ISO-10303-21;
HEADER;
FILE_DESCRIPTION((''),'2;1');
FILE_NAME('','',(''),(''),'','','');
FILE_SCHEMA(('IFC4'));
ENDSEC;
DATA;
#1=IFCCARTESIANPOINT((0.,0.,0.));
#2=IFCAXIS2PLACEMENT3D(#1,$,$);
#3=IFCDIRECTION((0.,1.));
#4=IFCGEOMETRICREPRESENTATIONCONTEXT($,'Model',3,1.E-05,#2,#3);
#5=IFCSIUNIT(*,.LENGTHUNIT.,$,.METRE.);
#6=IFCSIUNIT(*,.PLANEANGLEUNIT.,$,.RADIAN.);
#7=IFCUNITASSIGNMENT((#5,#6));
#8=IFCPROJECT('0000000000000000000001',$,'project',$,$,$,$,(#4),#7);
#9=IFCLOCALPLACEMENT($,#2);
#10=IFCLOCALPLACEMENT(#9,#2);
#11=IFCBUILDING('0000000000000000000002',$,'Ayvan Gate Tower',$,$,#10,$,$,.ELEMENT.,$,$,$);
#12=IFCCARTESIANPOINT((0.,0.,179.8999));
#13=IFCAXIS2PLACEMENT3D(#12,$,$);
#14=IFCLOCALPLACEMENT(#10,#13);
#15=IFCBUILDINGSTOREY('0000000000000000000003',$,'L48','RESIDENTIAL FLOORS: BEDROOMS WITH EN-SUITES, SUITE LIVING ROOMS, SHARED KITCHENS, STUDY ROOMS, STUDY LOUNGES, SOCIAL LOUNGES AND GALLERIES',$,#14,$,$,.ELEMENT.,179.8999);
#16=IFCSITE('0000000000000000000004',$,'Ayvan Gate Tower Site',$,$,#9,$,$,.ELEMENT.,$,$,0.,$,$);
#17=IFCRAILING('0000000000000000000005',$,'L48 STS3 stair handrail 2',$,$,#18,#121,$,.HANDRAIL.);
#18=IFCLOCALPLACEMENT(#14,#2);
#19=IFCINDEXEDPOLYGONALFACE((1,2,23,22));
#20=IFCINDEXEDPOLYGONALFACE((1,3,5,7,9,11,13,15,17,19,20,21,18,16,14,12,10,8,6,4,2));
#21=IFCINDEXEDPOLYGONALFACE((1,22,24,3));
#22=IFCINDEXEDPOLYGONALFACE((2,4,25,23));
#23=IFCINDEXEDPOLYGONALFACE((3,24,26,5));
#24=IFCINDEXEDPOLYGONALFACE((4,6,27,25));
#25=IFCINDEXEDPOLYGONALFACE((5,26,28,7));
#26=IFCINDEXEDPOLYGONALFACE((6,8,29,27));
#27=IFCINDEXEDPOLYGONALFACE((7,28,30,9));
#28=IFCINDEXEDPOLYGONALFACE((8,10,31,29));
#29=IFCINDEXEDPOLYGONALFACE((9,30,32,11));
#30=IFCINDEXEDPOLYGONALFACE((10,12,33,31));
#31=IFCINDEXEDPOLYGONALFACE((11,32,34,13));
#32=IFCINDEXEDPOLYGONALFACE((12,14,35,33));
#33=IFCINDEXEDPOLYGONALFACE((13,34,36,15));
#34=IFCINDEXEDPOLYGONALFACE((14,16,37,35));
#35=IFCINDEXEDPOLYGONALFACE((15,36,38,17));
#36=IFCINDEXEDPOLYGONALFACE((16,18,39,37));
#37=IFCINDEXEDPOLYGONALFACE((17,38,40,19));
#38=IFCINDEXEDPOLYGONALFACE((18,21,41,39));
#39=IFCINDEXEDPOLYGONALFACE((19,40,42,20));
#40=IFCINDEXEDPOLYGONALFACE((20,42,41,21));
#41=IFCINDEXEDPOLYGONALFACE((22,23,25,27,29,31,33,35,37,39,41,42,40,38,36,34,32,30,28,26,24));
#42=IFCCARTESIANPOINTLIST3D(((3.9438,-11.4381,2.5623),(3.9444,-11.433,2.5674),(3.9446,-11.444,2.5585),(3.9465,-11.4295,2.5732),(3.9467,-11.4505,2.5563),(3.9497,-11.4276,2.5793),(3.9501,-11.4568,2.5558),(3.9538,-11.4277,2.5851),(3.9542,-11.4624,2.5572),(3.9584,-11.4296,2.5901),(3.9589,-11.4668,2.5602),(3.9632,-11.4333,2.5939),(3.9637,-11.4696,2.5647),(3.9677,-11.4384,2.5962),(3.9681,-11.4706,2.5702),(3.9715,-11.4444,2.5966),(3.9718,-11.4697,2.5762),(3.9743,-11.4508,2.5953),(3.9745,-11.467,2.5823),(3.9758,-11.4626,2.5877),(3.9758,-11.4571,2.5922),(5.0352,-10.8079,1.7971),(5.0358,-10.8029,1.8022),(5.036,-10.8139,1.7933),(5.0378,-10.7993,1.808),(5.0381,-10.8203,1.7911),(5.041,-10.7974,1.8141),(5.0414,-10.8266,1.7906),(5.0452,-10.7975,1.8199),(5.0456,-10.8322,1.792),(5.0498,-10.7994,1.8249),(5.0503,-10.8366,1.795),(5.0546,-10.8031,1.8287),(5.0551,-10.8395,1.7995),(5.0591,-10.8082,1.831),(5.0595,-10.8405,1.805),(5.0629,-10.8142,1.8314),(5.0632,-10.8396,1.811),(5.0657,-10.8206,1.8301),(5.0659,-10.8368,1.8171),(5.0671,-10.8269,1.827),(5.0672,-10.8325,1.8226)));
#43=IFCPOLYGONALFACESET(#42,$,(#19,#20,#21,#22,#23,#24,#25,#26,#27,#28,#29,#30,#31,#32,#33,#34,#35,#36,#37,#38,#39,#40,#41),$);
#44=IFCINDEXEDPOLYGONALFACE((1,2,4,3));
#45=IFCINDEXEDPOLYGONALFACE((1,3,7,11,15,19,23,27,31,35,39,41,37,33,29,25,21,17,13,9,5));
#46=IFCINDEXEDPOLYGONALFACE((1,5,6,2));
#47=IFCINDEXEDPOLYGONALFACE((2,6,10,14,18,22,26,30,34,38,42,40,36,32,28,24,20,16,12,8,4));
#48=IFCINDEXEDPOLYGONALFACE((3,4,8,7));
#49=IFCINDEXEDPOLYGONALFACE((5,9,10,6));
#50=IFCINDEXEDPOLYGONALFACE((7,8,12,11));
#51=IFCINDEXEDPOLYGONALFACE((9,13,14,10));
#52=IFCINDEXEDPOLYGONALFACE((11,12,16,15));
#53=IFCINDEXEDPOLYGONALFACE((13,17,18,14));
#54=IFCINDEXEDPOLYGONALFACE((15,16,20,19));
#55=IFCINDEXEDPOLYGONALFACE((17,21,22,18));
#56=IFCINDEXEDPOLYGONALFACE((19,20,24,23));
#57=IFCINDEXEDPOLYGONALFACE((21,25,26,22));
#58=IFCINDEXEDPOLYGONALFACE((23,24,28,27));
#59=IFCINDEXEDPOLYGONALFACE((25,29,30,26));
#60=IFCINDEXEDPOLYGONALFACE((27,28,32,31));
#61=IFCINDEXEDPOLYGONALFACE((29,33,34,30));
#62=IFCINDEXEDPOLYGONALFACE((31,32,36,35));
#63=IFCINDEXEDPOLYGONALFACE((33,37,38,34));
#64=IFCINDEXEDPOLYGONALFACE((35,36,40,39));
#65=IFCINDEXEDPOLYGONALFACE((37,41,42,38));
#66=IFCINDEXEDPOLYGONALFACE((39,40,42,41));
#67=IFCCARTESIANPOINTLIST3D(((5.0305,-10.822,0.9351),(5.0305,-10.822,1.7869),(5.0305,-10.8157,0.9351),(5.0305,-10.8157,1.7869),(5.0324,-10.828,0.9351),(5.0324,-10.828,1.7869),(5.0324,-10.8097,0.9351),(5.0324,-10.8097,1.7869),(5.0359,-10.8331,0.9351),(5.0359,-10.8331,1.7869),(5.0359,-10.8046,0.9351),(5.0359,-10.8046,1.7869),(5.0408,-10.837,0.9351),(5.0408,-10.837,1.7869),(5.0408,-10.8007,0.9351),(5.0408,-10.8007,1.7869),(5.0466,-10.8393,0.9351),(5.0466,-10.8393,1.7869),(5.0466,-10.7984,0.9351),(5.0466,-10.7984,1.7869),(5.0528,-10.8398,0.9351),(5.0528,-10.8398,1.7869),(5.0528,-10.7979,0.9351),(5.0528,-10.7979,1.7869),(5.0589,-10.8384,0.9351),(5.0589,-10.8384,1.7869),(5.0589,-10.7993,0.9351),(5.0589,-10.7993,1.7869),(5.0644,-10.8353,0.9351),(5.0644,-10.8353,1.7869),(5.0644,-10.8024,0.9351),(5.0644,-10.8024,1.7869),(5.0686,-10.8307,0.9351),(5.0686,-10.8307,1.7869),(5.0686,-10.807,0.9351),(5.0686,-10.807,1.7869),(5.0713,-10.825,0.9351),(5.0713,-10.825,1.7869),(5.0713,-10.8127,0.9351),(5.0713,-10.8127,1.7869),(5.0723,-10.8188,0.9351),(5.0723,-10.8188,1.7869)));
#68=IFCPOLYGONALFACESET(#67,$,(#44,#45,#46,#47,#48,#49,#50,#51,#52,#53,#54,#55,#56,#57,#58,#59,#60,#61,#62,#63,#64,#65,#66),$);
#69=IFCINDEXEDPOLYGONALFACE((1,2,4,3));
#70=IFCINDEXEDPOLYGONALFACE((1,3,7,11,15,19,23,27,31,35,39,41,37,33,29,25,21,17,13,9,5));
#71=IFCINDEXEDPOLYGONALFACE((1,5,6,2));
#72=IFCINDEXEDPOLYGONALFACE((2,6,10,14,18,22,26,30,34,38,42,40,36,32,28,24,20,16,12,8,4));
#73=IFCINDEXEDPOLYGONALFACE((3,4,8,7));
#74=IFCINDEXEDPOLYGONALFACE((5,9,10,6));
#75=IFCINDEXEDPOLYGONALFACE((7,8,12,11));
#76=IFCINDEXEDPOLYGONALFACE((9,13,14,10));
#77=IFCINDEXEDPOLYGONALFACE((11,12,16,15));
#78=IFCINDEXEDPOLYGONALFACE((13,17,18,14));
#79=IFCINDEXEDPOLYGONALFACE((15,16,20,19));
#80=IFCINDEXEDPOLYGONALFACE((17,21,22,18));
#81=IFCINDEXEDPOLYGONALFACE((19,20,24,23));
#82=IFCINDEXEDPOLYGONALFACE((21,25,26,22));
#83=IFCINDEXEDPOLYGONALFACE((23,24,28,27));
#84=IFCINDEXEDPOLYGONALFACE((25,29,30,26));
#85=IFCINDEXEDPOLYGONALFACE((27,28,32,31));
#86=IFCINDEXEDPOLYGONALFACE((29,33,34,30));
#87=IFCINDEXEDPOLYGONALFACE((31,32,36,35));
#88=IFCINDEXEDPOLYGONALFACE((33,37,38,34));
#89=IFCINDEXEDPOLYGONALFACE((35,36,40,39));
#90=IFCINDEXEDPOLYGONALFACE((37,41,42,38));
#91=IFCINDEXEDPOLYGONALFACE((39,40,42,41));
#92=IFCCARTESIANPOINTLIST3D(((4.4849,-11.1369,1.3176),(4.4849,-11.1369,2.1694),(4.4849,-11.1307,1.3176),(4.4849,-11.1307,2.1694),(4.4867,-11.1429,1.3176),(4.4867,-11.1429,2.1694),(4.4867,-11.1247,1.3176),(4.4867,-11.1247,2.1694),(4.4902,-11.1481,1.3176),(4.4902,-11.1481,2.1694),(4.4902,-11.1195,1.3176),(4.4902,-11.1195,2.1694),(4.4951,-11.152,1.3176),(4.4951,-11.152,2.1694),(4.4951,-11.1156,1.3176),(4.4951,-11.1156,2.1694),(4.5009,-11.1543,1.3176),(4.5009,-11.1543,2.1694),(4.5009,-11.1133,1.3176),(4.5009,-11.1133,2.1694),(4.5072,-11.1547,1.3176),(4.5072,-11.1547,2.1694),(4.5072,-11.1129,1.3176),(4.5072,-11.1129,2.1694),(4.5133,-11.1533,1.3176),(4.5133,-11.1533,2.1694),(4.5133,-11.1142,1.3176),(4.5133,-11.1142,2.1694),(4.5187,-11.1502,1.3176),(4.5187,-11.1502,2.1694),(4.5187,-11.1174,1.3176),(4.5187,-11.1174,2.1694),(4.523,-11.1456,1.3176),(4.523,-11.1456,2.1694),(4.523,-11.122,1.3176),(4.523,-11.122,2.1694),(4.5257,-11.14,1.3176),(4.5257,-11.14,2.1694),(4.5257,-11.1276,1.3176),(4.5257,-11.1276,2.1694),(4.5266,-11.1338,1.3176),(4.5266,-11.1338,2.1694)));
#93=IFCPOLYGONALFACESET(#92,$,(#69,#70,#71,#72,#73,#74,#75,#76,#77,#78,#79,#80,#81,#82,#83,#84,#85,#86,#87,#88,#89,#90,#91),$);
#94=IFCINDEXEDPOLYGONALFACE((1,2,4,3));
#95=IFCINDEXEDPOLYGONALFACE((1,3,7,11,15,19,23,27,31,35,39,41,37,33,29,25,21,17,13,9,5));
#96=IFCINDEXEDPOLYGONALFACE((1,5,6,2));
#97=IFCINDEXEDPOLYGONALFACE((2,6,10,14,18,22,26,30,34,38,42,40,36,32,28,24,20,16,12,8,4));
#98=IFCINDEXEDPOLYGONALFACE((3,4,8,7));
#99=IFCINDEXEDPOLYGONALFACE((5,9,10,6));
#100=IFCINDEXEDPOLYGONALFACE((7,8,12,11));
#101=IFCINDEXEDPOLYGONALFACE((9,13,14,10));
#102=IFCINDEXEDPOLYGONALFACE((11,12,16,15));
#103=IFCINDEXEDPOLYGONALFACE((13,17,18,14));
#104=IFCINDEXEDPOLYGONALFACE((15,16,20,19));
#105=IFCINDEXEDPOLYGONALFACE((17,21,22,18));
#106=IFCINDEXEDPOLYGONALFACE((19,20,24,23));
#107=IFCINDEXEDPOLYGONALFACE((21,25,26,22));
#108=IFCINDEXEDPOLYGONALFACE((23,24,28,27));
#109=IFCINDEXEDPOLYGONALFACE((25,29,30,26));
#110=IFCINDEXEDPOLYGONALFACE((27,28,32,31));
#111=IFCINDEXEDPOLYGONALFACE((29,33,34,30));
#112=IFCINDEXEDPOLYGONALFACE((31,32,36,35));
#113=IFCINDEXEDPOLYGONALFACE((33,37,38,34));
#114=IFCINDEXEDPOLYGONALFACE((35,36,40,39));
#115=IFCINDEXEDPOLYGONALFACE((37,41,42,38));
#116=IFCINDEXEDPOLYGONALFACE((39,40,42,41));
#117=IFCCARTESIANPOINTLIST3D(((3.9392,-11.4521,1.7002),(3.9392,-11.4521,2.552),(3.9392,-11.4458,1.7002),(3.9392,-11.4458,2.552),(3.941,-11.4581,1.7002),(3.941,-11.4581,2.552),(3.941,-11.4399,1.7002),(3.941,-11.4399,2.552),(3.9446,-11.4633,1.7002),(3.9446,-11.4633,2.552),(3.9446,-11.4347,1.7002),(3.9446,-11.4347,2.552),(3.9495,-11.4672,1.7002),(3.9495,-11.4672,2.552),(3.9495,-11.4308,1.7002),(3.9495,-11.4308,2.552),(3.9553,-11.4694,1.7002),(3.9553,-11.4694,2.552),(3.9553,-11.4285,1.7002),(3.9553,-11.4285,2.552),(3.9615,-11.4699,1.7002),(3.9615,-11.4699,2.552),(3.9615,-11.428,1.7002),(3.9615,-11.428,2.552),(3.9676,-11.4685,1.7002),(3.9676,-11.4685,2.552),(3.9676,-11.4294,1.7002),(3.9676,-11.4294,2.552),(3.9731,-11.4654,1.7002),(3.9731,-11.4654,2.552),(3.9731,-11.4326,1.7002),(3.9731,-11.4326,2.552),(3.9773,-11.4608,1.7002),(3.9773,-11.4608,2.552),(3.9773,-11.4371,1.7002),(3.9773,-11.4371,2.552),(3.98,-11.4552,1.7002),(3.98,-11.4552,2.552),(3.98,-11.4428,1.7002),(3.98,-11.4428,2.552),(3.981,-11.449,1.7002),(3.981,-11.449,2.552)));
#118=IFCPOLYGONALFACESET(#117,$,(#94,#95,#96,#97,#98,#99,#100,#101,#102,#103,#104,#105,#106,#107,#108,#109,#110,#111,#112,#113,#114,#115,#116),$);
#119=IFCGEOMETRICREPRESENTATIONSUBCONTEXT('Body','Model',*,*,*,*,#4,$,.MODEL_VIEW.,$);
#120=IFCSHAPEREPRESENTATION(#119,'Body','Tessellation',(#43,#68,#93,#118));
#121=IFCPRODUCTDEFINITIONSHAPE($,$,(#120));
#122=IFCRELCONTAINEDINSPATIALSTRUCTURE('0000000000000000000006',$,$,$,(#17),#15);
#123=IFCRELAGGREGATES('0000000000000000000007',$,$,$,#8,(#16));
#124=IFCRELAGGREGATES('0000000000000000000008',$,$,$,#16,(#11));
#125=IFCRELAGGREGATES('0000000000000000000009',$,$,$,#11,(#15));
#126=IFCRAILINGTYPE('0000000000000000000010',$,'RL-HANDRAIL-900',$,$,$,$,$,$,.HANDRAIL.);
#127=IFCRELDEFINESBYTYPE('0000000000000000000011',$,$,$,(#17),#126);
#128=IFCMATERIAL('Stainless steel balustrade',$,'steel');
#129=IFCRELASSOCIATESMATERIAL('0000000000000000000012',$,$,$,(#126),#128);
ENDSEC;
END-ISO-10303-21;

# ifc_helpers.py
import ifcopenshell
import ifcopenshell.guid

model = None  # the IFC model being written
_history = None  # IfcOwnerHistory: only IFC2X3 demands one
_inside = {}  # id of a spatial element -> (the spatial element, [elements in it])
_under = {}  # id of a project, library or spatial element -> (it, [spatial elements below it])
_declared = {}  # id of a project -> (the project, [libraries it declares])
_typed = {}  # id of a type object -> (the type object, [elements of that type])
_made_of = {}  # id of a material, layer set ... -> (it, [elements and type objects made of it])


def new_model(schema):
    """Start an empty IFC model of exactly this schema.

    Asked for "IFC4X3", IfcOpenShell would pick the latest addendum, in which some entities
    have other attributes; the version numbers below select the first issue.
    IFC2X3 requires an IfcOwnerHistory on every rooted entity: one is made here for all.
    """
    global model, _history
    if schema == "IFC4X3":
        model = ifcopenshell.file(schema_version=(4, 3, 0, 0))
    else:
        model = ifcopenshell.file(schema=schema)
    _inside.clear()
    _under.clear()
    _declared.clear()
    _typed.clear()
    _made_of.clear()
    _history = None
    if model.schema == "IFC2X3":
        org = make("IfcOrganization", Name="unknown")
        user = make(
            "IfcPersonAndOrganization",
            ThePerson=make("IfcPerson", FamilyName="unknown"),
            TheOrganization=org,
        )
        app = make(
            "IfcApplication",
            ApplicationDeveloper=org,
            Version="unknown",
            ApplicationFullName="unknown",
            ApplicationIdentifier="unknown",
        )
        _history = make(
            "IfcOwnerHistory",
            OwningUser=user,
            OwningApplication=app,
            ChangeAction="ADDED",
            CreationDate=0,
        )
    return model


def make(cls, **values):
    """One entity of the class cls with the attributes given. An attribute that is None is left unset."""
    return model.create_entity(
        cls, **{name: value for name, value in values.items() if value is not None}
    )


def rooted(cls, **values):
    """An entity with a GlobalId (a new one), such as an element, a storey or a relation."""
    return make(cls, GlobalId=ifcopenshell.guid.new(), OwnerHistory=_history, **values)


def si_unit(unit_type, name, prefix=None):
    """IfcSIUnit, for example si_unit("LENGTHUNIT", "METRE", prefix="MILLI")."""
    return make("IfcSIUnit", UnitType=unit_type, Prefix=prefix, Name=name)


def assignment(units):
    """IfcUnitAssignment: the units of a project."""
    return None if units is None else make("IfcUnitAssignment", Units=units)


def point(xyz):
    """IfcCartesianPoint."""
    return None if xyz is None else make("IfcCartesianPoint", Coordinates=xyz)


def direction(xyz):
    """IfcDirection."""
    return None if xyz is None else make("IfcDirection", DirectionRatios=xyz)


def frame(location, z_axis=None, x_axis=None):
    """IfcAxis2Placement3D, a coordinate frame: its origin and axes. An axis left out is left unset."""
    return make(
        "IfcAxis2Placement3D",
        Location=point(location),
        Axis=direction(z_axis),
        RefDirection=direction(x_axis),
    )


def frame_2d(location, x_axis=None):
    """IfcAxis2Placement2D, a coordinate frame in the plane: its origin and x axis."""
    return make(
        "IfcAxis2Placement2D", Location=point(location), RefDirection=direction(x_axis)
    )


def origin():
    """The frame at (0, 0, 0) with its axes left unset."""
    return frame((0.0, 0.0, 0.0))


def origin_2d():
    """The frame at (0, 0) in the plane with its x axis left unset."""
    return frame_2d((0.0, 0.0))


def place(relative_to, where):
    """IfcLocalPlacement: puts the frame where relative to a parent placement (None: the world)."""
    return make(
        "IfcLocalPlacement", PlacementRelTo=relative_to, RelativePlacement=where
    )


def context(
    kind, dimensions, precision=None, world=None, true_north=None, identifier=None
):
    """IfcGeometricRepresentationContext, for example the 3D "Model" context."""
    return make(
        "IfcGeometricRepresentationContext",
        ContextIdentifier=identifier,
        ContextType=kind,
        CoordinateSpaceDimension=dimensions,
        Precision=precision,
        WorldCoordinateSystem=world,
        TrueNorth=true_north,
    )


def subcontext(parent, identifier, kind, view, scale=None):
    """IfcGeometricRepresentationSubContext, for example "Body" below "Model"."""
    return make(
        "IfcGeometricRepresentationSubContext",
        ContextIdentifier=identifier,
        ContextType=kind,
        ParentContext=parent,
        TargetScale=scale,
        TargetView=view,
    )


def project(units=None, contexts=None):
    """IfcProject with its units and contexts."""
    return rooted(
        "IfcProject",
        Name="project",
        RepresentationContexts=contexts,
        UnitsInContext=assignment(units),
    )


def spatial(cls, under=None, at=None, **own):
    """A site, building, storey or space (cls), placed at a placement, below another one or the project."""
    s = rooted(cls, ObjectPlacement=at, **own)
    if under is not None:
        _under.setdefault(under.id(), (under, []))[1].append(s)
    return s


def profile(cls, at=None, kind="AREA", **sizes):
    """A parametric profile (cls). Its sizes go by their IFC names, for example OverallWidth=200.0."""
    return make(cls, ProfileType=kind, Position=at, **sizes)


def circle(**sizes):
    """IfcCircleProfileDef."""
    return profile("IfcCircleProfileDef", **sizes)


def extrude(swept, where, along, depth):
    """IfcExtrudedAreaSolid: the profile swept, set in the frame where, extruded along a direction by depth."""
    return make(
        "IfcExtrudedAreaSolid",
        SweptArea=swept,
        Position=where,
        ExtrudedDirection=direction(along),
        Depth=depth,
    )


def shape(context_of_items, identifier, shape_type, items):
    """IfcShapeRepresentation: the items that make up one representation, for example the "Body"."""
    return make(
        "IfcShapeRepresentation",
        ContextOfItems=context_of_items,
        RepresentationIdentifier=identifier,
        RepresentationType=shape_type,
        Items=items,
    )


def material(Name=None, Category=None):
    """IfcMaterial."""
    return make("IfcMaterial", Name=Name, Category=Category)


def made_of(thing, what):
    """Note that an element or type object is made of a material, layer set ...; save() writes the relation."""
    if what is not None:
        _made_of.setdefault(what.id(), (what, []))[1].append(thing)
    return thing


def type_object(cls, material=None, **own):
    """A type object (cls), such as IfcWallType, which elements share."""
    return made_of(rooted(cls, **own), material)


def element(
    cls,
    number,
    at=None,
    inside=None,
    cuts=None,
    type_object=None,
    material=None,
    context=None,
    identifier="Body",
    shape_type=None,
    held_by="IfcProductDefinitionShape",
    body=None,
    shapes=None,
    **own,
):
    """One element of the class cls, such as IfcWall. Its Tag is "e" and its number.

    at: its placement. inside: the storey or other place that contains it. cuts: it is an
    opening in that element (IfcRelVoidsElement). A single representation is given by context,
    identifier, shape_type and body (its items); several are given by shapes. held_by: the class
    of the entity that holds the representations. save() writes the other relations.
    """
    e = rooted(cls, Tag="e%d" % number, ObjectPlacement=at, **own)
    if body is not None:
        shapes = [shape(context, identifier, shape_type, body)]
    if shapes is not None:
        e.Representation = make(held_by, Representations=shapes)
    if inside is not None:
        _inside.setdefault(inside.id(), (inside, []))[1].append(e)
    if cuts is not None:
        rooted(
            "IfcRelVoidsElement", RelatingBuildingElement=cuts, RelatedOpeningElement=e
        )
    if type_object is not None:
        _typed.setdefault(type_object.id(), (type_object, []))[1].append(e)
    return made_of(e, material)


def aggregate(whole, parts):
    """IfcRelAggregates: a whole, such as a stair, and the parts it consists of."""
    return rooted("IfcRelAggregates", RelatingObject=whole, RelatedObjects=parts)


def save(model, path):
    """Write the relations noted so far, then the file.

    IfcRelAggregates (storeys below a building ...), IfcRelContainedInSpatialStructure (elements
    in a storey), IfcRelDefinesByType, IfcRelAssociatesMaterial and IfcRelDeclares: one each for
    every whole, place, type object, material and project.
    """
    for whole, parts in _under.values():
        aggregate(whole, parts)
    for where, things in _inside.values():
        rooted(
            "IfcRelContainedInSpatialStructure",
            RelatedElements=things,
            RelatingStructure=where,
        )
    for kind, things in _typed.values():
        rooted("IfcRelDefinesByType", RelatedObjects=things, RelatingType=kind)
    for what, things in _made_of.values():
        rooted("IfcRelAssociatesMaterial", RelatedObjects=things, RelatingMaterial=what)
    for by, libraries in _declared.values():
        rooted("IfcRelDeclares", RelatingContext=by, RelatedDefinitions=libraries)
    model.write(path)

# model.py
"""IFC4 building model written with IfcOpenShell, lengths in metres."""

from ifc_helpers import new_model, si_unit, direction, frame, origin, origin_2d, place, context, subcontext, project, spatial, circle, extrude, material, type_object, element, save


model = new_model("IFC4")

# Units and contexts
model_context = context("Model", 3, precision=1e-05, world=origin(), true_north=direction((0.0, 1.0)))
body_context = subcontext(model_context, "Body", "Model", "MODEL_VIEW")
ifc_project = project(units=[si_unit("LENGTHUNIT", "METRE"), si_unit("PLANEANGLEUNIT", "RADIAN")], contexts=[model_context])

# Site, building, storey
site_placement = place(None, origin())
site = spatial("IfcSite", under=ifc_project, at=site_placement, Name="Ayvan Gate Tower Site", CompositionType="ELEMENT", RefElevation=0.0)
building_placement = place(site_placement, origin())
building = spatial("IfcBuilding", under=site, at=building_placement, Name="Ayvan Gate Tower", CompositionType="ELEMENT")
storey_placement = place(building_placement, frame((0.0, 0.0, 179.8999)))
storey = spatial("IfcBuildingStorey", under=building, at=storey_placement, Name="L48", Description="RESIDENTIAL FLOORS: BEDROOMS WITH EN-SUITES, SUITE LIVING ROOMS, SHARED KITCHENS, STUDY ROOMS, STUDY LOUNGES, SOCIAL LOUNGES AND GALLERIES", CompositionType="ELEMENT", Elevation=179.8999)

# Railing
ifc_material_1 = material(Name="Stainless steel balustrade", Category="steel")
railing_type_1 = type_object("IfcRailingType", Name="RL-HANDRAIL-900", PredefinedType="HANDRAIL", material=ifc_material_1)
railing_1_placement = place(storey_placement, frame((5.0513, -10.8188, 0.9351)))
element("IfcRailing", 1, at=railing_1_placement, inside=storey, type_object=railing_type_1, Name="L48 STS3 stair handrail 2", PredefinedType="HANDRAIL", context=body_context, shape_type="SweptSolid", body=[
    extrude(circle(Radius=0.0239, at=origin_2d()), frame((0.0, 0.0, 0.876), z_axis=(-0.740241, -0.427419, 0.518996), x_axis=(0.500035, -0.866005, 0.0)), (0.0, 0.0, 1.0), 1.4744),
    extrude(circle(Radius=0.021, at=origin_2d()), origin(), (0.0, 0.0, 1.0), 0.8518),
    extrude(circle(Radius=0.021, at=origin_2d()), frame((-0.5457, -0.3149, 0.3826)), (0.0, 0.0, 1.0), 0.8518),
    extrude(circle(Radius=0.021, at=origin_2d()), frame((-1.0913, -0.6301, 0.7651)), (0.0, 0.0, 1.0), 0.8518),
])

save(model, "model.ifc")
